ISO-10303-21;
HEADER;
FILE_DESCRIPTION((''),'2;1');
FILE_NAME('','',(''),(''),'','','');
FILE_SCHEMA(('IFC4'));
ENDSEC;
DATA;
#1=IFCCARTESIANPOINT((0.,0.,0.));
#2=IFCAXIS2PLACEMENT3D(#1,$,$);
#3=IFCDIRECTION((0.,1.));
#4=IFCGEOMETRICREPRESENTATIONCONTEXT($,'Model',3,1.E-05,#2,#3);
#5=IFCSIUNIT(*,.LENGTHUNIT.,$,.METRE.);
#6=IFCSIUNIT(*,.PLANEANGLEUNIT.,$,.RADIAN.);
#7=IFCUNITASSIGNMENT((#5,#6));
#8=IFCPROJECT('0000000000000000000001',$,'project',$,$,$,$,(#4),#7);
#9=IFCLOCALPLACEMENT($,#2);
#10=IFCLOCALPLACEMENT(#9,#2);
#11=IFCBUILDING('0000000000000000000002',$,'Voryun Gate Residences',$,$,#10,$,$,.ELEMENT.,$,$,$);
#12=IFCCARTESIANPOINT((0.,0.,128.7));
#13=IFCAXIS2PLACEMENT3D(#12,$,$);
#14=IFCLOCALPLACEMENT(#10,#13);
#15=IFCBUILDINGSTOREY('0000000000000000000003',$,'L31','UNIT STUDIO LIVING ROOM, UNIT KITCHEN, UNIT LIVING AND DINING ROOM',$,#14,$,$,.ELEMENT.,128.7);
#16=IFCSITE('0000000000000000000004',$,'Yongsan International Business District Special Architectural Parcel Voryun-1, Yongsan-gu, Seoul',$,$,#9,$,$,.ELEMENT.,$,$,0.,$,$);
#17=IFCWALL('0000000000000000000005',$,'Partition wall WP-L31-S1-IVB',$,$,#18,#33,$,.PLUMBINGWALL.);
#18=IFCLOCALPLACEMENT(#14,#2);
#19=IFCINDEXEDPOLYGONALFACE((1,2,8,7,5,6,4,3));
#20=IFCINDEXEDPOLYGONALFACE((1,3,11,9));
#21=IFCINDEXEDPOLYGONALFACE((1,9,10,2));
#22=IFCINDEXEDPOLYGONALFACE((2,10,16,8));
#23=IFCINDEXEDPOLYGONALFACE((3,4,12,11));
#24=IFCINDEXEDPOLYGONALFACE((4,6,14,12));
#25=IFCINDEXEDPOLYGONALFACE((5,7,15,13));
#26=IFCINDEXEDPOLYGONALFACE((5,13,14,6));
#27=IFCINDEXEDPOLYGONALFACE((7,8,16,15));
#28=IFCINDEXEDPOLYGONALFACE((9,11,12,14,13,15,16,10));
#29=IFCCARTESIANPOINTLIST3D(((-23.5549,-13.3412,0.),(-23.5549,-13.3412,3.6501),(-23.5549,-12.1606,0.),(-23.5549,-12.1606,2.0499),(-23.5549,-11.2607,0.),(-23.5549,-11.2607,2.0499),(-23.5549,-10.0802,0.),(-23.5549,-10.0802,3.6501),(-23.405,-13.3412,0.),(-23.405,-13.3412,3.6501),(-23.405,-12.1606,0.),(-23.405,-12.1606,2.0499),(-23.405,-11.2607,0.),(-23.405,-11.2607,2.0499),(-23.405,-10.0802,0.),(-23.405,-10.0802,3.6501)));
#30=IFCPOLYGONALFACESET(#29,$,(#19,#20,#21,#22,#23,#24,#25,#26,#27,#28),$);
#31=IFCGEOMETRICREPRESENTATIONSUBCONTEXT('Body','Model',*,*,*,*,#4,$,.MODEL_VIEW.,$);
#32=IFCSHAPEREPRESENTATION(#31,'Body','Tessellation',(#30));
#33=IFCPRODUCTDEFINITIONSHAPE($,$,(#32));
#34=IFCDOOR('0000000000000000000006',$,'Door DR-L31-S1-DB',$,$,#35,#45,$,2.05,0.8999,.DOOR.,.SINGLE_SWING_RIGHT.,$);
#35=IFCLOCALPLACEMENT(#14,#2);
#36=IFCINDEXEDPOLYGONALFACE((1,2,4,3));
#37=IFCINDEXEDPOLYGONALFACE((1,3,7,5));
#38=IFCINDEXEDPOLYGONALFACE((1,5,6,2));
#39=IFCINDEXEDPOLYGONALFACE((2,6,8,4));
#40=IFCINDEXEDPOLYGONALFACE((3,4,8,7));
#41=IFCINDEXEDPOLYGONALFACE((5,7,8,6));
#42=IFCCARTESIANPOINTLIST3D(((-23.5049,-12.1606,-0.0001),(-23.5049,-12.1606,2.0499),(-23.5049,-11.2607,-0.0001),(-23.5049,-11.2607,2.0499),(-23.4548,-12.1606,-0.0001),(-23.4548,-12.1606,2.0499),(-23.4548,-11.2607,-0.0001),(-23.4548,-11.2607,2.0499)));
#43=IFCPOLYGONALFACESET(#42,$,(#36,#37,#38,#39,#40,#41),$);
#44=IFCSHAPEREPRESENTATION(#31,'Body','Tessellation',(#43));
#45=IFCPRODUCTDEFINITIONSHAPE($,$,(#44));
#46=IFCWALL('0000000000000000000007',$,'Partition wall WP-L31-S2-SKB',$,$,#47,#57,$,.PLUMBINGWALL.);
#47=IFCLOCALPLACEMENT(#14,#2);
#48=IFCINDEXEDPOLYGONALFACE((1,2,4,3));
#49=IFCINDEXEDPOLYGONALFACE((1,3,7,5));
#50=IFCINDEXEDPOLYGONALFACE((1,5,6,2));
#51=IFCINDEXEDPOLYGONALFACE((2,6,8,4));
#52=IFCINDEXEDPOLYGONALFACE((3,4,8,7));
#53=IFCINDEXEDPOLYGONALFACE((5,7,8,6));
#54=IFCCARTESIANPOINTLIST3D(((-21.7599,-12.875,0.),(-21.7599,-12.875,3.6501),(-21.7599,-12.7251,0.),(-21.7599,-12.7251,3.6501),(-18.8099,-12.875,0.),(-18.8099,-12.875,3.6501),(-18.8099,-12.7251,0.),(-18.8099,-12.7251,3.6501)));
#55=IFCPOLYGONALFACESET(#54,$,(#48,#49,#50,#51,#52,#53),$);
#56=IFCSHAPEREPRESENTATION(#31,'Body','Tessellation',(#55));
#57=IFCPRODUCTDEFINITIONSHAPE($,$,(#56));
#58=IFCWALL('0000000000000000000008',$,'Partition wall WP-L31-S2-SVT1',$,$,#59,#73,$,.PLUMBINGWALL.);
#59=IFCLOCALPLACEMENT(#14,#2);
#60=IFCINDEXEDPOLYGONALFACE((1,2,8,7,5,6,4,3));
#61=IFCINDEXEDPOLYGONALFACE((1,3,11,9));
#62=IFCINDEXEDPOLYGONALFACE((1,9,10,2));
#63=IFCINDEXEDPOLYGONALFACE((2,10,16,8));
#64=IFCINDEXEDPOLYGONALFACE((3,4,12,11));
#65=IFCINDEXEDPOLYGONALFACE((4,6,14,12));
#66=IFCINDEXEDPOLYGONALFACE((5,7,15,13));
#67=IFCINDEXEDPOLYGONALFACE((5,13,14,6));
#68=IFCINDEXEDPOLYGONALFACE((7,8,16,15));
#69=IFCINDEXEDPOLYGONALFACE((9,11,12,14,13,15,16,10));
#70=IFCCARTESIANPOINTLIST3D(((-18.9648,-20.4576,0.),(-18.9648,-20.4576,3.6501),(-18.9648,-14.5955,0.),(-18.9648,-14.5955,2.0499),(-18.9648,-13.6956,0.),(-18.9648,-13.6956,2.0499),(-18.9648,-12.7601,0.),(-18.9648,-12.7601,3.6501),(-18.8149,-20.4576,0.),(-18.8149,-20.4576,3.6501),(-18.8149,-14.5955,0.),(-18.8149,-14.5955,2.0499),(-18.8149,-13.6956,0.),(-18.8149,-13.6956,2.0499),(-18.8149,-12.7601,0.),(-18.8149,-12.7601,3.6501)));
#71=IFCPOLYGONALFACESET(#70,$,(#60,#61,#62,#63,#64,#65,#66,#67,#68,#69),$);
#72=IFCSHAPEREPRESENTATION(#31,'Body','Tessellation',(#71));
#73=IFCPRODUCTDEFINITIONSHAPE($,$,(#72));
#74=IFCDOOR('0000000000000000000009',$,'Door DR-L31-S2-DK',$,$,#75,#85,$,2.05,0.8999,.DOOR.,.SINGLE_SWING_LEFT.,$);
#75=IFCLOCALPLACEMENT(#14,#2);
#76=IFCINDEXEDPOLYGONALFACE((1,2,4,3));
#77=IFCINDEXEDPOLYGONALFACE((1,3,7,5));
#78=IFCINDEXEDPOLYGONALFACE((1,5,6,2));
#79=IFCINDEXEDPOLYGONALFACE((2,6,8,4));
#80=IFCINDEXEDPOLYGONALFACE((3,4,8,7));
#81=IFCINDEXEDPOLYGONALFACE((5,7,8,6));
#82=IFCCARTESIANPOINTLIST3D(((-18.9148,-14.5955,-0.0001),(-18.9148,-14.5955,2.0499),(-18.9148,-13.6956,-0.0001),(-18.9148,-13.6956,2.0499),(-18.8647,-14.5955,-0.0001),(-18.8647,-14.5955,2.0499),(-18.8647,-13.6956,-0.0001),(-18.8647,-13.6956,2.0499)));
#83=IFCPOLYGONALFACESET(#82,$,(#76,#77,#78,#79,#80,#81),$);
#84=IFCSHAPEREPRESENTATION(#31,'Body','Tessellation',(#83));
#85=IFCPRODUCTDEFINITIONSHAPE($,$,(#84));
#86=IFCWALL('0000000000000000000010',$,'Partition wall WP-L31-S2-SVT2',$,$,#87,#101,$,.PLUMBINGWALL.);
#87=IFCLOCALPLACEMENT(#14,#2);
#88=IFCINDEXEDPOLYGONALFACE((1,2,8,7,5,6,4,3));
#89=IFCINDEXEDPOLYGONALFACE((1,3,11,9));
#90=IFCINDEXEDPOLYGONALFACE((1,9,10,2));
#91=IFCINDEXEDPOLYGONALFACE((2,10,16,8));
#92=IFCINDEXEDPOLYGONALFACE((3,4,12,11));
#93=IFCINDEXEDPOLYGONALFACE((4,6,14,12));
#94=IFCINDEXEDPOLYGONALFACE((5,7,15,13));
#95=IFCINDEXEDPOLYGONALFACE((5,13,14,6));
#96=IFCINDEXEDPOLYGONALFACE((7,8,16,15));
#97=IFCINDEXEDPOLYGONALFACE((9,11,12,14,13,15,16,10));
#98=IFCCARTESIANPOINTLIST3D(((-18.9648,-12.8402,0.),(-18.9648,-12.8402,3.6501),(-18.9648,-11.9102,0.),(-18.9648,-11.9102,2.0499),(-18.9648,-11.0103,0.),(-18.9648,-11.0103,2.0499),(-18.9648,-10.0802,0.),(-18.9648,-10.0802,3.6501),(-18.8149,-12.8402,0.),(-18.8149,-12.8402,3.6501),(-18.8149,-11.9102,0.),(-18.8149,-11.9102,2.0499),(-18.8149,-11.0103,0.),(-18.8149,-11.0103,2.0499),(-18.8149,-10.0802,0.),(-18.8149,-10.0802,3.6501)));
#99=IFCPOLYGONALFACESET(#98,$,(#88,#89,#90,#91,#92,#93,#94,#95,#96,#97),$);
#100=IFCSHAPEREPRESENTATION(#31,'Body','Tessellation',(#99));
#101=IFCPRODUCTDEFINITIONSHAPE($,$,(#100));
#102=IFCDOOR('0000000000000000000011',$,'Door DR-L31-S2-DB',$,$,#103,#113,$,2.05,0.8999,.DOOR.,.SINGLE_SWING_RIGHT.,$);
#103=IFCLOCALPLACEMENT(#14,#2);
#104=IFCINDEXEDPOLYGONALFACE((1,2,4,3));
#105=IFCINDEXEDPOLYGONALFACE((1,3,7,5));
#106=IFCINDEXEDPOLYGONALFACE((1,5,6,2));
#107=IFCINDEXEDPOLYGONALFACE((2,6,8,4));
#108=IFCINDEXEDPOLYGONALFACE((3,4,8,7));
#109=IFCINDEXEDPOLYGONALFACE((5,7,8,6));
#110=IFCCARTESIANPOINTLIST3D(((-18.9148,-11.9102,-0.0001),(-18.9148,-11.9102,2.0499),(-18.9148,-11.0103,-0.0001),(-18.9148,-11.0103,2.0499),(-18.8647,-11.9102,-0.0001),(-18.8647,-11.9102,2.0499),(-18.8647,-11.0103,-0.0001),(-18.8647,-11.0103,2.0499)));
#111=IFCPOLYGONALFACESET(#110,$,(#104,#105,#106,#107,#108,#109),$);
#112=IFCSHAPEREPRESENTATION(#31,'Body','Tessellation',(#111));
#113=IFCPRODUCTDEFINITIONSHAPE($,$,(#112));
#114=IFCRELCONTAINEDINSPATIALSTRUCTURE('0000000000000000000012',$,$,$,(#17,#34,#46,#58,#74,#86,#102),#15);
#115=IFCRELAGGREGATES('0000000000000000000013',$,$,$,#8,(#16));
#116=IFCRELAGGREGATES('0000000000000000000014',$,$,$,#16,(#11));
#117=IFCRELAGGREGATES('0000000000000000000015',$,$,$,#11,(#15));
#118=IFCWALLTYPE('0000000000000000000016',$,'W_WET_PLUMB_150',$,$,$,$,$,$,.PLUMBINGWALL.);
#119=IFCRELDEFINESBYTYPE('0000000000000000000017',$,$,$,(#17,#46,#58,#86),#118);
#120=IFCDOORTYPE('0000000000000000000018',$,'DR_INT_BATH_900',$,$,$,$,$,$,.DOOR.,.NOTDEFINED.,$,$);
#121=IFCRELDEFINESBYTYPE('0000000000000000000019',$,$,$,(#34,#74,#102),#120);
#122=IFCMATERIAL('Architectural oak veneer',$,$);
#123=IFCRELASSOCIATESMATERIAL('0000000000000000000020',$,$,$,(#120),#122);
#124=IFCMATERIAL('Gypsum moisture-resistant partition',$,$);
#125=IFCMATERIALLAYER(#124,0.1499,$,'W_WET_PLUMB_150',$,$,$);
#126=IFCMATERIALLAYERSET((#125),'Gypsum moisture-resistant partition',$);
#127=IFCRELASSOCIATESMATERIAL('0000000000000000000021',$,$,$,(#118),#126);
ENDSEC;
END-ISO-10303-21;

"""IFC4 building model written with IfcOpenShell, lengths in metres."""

from ifc_helpers import new_model, si_unit, direction, frame, frame_2d, origin, place, context, subcontext, project, spatial, rectangle, extrude, material, layer, layer_set, type_object, element, fill, save


model = new_model("IFC4")

# Units and contexts
model_context = context("Model", 3, precision=1e-05, world=origin(), true_north=direction((0.0, 1.0)))
body_context = subcontext(model_context, "Body", "Model", "MODEL_VIEW")
ifc_project = project(units=[si_unit("LENGTHUNIT", "METRE"), si_unit("PLANEANGLEUNIT", "RADIAN")], contexts=[model_context])

# Site, building, storey
site_placement = place(None, origin())
site = spatial("IfcSite", under=ifc_project, at=site_placement, Name="Yongsan International Business District Special Architectural Parcel Voryun-1, Yongsan-gu, Seoul", CompositionType="ELEMENT", RefElevation=0.0)
building_placement = place(site_placement, origin())
building = spatial("IfcBuilding", under=site, at=building_placement, Name="Voryun Gate Residences", CompositionType="ELEMENT")
storey_placement = place(building_placement, frame((0.0, 0.0, 128.7)))
storey = spatial("IfcBuildingStorey", under=building, at=storey_placement, Name="L31", Description="UNIT STUDIO LIVING ROOM, UNIT KITCHEN, UNIT LIVING AND DINING ROOM", CompositionType="ELEMENT", Elevation=128.7)

# Shared definitions
ifc_material_1 = material(Name="Architectural oak veneer")
door_type = type_object("IfcDoorType", Name="DR_INT_BATH_900", OperationType="NOTDEFINED", PredefinedType="DOOR", material=ifc_material_1)

# Shared definitions
ifc_material_2 = material(Name="Gypsum moisture-resistant partition")
ifc_layer_1 = layer(ifc_material_2, 0.1499, Name="W_WET_PLUMB_150")
ifc_layer_set_1 = layer_set([ifc_layer_1], Name="Gypsum moisture-resistant partition")
wall_type_1 = type_object("IfcWallType", Name="W_WET_PLUMB_150", PredefinedType="PLUMBINGWALL", material=ifc_layer_set_1)

# Wall, opening, door
wall_1_placement = place(storey_placement, frame((-23.48, -13.3411, 0.0), z_axis=(0.0, 0.0, 1.0), x_axis=(0.0, 1.0, 0.0)))
wall_1 = element("IfcWall", 1, at=wall_1_placement, inside=storey, type_object=wall_type_1, Name="Partition wall WP-L31-S1-IVB", PredefinedType="PLUMBINGWALL", context=body_context, shape_type="SweptSolid", body=[
    extrude(rectangle(XDim=3.261, YDim=0.1499, at=frame_2d((1.6304, 0.0))), origin(), (0.0, 0.0, 1.0), 3.6501),
])
opening_1_placement = place(wall_1_placement, frame((1.1804, 0.0, 0.0)))
opening_1 = element("IfcOpeningElement", 2, at=opening_1_placement, cuts=wall_1, PredefinedType="OPENING", context=body_context, shape_type="SweptSolid", body=[
    extrude(rectangle(XDim=0.8999, YDim=2.05, at=frame_2d((0.45, 1.0249))), frame((0.0, 0.085, 0.0), z_axis=(0.0, -1.0, 0.0), x_axis=(1.0, 0.0, 0.0)), (0.0, 0.0, 1.0), 0.1699),
])
door_1_placement = place(opening_1_placement, origin())
door_1 = element("IfcDoor", 3, at=door_1_placement, inside=storey, type_object=door_type, Name="Door DR-L31-S1-DB", OperationType="SINGLE_SWING_RIGHT", OverallHeight=2.05, OverallWidth=0.8999, PredefinedType="DOOR", context=body_context, shape_type="SweptSolid", body=[
    extrude(rectangle(XDim=0.8999, YDim=2.05, at=frame_2d((0.45, 1.0249))), frame((0.0, 0.0249, 0.0), z_axis=(0.0, -1.0, 0.0), x_axis=(1.0, 0.0, 0.0)), (0.0, 0.0, 1.0), 0.05),
])
fill(opening_1, door_1)

# Wall
wall_2_placement = place(storey_placement, frame((-21.76, -12.8, 0.0), z_axis=(0.0, 0.0, 1.0), x_axis=(1.0, 0.0, 0.0)))
element("IfcWall", 4, at=wall_2_placement, inside=storey, type_object=wall_type_1, Name="Partition wall WP-L31-S2-SKB", PredefinedType="PLUMBINGWALL", context=body_context, shape_type="SweptSolid", body=[
    extrude(rectangle(XDim=2.95, YDim=0.1499, at=frame_2d((1.4751, 0.0))), origin(), (0.0, 0.0, 1.0), 3.6501),
])

# Walls, openings, doors
wall_3_placement = place(storey_placement, frame((-18.8899, -20.4575, 0.0), z_axis=(0.0, 0.0, 1.0), x_axis=(0.0, 1.0, 0.0)))
wall_3 = element("IfcWall", 5, at=wall_3_placement, inside=storey, type_object=wall_type_1, Name="Partition wall WP-L31-S2-SVT1", PredefinedType="PLUMBINGWALL", context=body_context, shape_type="SweptSolid", body=[
    extrude(rectangle(XDim=7.6975, YDim=0.1499, at=frame_2d((3.8486, 0.0))), origin(), (0.0, 0.0, 1.0), 3.6501),
])
opening_2_placement = place(wall_3_placement, frame((5.8621, 0.0, 0.0)))
opening_2 = element("IfcOpeningElement", 6, at=opening_2_placement, cuts=wall_3, PredefinedType="OPENING", context=body_context, shape_type="SweptSolid", body=[
    extrude(rectangle(XDim=0.8999, YDim=2.05, at=frame_2d((0.45, 1.0249))), frame((0.0, 0.085, 0.0), z_axis=(0.0, -1.0, 0.0), x_axis=(1.0, 0.0, 0.0)), (0.0, 0.0, 1.0), 0.1699),
])
door_2_placement = place(opening_2_placement, origin())
door_2 = element("IfcDoor", 7, at=door_2_placement, inside=storey, type_object=door_type, Name="Door DR-L31-S2-DK", OperationType="SINGLE_SWING_LEFT", OverallHeight=2.05, OverallWidth=0.8999, PredefinedType="DOOR", context=body_context, shape_type="SweptSolid", body=[
    extrude(rectangle(XDim=0.8999, YDim=2.05, at=frame_2d((0.45, 1.0249))), frame((0.0, 0.0249, 0.0), z_axis=(0.0, -1.0, 0.0), x_axis=(1.0, 0.0, 0.0)), (0.0, 0.0, 1.0), 0.05),
])
fill(opening_2, door_2)
wall_4_placement = place(storey_placement, frame((-18.8899, -12.8401, 0.0), z_axis=(0.0, 0.0, 1.0), x_axis=(0.0, 1.0, 0.0)))
wall_4 = element("IfcWall", 8, at=wall_4_placement, inside=storey, type_object=wall_type_1, Name="Partition wall WP-L31-S2-SVT2", PredefinedType="PLUMBINGWALL", context=body_context, shape_type="SweptSolid", body=[
    extrude(rectangle(XDim=2.76, YDim=0.1499, at=frame_2d((1.3799, 0.0))), origin(), (0.0, 0.0, 1.0), 3.6501),
])
opening_3_placement = place(wall_4_placement, frame((0.9299, 0.0, 0.0)))
opening_3 = element("IfcOpeningElement", 9, at=opening_3_placement, cuts=wall_4, PredefinedType="OPENING", context=body_context, shape_type="SweptSolid", body=[
    extrude(rectangle(XDim=0.8999, YDim=2.05, at=frame_2d((0.45, 1.0249))), frame((0.0, 0.085, 0.0), z_axis=(0.0, -1.0, 0.0), x_axis=(1.0, 0.0, 0.0)), (0.0, 0.0, 1.0), 0.1699),
])
door_3_placement = place(opening_3_placement, origin())
door_3 = element("IfcDoor", 10, at=door_3_placement, inside=storey, type_object=door_type, Name="Door DR-L31-S2-DB", OperationType="SINGLE_SWING_RIGHT", OverallHeight=2.05, OverallWidth=0.8999, PredefinedType="DOOR", context=body_context, shape_type="SweptSolid", body=[
    extrude(rectangle(XDim=0.8999, YDim=2.05, at=frame_2d((0.45, 1.0249))), frame((0.0, 0.0249, 0.0), z_axis=(0.0, -1.0, 0.0), x_axis=(1.0, 0.0, 0.0)), (0.0, 0.0, 1.0), 0.05),
])
fill(opening_3, door_3)

save(model, "model.ifc")
